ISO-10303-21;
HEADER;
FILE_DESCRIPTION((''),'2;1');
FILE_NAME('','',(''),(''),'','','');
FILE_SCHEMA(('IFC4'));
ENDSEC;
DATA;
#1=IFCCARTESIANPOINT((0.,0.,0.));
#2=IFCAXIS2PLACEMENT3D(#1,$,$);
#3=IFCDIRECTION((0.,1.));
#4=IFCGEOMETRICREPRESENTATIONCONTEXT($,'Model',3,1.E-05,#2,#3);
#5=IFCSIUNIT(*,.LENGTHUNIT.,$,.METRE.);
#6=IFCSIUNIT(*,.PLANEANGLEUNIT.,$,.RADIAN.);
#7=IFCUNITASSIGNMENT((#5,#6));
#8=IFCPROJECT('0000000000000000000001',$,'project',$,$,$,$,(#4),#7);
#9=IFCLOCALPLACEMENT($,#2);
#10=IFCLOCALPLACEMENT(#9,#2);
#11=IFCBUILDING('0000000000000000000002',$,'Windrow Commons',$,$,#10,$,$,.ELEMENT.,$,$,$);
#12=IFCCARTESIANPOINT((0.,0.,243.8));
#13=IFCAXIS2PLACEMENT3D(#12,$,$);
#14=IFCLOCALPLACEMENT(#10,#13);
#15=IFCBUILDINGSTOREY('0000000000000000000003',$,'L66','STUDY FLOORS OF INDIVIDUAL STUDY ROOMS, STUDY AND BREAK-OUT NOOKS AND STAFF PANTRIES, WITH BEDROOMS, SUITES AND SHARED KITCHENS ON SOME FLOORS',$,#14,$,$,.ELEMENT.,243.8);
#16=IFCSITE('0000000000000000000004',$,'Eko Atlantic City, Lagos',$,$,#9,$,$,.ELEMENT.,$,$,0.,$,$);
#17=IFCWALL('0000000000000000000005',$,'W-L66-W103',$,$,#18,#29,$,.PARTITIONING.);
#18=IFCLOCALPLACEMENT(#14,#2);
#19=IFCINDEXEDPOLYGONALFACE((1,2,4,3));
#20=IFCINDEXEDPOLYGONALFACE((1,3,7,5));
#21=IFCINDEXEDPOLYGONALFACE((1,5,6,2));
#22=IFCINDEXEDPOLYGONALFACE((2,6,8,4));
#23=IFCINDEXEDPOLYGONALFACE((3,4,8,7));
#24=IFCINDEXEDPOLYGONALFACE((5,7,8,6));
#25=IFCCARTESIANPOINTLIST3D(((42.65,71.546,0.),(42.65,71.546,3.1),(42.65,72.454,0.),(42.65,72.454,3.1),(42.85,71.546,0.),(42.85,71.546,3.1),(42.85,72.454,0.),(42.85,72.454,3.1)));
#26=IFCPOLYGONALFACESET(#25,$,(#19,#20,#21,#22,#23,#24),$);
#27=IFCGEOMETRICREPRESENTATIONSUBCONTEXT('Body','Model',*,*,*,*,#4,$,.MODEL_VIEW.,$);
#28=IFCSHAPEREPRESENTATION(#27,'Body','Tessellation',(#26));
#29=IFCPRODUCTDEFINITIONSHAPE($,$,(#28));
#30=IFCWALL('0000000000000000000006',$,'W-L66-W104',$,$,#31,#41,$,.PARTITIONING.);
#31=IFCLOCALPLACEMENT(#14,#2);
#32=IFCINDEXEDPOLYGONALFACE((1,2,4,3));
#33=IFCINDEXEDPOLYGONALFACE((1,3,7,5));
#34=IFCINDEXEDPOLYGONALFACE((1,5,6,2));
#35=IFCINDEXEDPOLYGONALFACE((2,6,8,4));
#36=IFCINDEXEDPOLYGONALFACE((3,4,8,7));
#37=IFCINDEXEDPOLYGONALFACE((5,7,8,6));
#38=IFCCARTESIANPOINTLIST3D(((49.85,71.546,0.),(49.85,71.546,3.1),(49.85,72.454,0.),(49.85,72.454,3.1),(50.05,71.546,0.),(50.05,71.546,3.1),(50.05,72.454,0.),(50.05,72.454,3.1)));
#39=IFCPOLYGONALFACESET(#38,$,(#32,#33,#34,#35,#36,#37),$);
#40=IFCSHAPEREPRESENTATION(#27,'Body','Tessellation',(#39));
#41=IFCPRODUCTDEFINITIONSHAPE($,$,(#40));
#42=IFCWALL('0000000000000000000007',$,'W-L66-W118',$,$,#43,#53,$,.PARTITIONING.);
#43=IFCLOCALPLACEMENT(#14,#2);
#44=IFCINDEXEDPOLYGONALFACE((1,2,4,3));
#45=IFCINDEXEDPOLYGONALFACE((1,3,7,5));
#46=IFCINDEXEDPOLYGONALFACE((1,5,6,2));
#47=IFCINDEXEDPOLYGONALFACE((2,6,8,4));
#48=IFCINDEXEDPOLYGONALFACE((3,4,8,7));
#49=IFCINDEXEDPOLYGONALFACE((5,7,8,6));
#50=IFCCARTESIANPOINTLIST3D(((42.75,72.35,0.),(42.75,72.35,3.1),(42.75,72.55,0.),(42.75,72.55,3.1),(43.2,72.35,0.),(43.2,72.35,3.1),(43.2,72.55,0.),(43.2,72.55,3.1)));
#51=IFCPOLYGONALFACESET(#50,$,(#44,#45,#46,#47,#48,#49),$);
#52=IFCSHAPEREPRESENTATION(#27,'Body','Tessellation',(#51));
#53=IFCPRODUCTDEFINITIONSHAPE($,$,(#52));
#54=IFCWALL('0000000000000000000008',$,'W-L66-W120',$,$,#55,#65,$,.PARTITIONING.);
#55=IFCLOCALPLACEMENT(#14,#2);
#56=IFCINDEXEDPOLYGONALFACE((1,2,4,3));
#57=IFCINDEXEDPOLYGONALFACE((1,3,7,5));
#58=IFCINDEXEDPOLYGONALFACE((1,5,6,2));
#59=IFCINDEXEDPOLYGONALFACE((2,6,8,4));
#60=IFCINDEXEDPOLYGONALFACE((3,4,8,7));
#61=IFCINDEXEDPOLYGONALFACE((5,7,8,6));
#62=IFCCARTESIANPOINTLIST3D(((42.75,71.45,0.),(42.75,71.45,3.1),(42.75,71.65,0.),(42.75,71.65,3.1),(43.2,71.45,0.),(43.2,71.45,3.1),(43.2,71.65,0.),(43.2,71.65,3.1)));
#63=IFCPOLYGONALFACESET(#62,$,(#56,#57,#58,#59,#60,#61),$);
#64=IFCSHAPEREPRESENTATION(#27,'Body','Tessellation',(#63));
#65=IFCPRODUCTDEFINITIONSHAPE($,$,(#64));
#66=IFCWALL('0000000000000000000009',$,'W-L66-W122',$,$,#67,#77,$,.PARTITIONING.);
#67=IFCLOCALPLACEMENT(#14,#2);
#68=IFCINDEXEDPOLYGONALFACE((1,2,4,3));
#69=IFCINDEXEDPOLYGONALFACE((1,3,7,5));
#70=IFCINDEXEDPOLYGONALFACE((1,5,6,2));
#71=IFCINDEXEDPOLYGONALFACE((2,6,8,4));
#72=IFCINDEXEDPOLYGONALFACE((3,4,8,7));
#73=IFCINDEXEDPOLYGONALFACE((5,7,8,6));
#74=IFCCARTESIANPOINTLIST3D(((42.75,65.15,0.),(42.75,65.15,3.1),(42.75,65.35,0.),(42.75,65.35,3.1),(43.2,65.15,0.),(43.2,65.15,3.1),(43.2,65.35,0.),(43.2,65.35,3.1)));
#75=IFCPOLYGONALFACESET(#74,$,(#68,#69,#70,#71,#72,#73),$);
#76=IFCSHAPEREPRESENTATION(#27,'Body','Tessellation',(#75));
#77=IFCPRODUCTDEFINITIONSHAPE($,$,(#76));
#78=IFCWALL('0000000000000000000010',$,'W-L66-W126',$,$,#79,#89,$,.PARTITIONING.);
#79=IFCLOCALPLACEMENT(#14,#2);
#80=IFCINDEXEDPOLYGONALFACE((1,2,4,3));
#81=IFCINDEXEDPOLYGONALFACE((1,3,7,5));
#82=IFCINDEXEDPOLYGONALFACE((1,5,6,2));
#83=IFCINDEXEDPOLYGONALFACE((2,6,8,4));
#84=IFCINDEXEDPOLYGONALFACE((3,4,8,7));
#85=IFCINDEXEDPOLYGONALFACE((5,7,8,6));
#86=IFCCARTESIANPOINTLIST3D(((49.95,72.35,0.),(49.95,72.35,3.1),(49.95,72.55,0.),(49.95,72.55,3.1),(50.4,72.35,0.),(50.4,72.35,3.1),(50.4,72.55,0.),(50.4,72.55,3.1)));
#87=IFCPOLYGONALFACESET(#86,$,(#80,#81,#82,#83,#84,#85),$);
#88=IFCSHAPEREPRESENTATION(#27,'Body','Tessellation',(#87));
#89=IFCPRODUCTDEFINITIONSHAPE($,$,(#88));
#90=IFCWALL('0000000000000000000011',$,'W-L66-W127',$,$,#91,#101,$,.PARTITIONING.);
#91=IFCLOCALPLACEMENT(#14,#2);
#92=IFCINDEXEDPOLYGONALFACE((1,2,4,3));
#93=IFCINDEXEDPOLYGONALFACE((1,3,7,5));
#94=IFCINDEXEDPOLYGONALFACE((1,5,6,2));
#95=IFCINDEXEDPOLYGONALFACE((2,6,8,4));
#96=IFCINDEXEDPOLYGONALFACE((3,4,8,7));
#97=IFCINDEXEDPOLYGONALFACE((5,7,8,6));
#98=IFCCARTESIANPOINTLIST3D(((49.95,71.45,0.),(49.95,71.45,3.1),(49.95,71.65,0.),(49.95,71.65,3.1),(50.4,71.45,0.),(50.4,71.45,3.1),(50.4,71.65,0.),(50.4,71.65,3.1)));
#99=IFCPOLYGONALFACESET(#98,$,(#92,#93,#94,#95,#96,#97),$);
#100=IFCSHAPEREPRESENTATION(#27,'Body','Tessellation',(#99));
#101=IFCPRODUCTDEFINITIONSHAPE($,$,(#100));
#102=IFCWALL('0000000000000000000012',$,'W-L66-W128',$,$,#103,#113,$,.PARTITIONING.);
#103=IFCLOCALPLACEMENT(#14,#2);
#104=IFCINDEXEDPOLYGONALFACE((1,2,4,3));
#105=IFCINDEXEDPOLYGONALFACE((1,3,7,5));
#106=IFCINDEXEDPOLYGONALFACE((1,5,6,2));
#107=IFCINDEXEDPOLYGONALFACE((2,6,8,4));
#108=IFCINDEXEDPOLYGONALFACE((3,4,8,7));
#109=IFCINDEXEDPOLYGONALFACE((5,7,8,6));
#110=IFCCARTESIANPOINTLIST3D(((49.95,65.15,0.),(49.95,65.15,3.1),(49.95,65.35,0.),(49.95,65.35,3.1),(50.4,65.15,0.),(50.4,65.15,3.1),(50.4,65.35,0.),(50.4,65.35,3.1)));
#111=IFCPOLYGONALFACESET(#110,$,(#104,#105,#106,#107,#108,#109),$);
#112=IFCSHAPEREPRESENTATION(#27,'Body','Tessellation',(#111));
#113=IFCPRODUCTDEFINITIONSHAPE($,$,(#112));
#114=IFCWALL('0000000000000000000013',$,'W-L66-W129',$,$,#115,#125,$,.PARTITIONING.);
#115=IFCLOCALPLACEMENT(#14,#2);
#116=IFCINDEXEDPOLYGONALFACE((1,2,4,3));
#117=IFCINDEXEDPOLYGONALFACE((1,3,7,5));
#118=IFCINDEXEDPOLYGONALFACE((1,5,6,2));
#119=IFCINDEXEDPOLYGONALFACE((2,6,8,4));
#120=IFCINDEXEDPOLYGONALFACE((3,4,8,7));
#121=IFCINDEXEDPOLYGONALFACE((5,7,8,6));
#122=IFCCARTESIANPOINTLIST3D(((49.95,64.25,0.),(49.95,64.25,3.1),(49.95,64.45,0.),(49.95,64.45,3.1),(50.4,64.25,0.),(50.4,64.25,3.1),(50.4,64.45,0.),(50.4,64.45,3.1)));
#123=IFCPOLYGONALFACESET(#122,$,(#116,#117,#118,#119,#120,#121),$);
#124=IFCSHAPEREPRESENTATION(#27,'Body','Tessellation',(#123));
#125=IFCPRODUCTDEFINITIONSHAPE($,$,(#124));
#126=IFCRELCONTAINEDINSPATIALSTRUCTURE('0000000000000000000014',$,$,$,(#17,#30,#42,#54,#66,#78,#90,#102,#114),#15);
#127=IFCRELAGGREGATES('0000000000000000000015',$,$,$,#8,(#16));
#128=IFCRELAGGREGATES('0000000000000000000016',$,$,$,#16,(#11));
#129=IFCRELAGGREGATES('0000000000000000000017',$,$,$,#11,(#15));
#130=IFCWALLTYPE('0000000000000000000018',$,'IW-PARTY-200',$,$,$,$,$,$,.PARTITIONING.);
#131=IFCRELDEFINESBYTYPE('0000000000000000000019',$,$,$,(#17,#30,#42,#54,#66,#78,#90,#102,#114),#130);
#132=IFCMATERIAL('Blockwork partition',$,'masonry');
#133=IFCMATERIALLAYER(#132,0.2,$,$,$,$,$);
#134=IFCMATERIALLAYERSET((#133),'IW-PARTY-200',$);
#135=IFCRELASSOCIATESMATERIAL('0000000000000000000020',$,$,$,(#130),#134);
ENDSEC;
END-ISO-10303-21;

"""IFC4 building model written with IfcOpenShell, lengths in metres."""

from ifc_helpers import new_model, si_unit, direction, frame, frame_2d, origin, place, context, subcontext, project, spatial, rectangle, extrude, material, layer, layer_set, type_object, element, save


model = new_model("IFC4")

# Units and contexts
model_context = context("Model", 3, precision=1e-05, world=origin(), true_north=direction((0.0, 1.0)))
body_context = subcontext(model_context, "Body", "Model", "MODEL_VIEW")
ifc_project = project(units=[si_unit("LENGTHUNIT", "METRE"), si_unit("PLANEANGLEUNIT", "RADIAN")], contexts=[model_context])

# Site, building, storey
site_placement = place(None, origin())
site = spatial("IfcSite", under=ifc_project, at=site_placement, Name="Eko Atlantic City, Lagos", CompositionType="ELEMENT", RefElevation=0.0)
building_placement = place(site_placement, origin())
building = spatial("IfcBuilding", under=site, at=building_placement, Name="Windrow Commons", CompositionType="ELEMENT")
storey_placement = place(building_placement, frame((0.0, 0.0, 243.8)))
storey = spatial("IfcBuildingStorey", under=building, at=storey_placement, Name="L66", Description="STUDY FLOORS OF INDIVIDUAL STUDY ROOMS, STUDY AND BREAK-OUT NOOKS AND STAFF PANTRIES, WITH BEDROOMS, SUITES AND SHARED KITCHENS ON SOME FLOORS", CompositionType="ELEMENT", Elevation=243.8)

# Walls
ifc_material_1 = material(Name="Blockwork partition", Category="masonry")
ifc_layer_1 = layer(ifc_material_1, 0.2)
ifc_layer_set_1 = layer_set([ifc_layer_1], Name="IW-PARTY-200")
wall_type_1 = type_object("IfcWallType", Name="IW-PARTY-200", PredefinedType="PARTITIONING", material=ifc_layer_set_1)
for number, where, z_axis, x_axis, name in (
    (1, (42.75, 71.546, 0.0), (0.0, 0.0, 1.0), (0.0, 1.0, 0.0), "W-L66-W103"),
    (2, (49.95, 71.546, 0.0), (0.0, 0.0, 1.0), (0.0, 1.0, 0.0), "W-L66-W104"),
):
    element("IfcWall", number, at=place(storey_placement, frame(where, z_axis=z_axis, x_axis=x_axis)), inside=storey, type_object=wall_type_1, Name=name, PredefinedType="PARTITIONING", context=body_context, shape_type="SweptSolid", body=[
        extrude(rectangle(XDim=0.908, YDim=0.2, at=frame_2d((0.454, 0.0))), origin(), (0.0, 0.0, 1.0), 3.1),
    ])
for number, where, z_axis, x_axis, name in (
    (3, (42.75, 72.45, 0.0), (0.0, 0.0, 1.0), (1.0, 0.0, 0.0), "W-L66-W118"),
    (4, (42.75, 71.55, 0.0), (0.0, 0.0, 1.0), (1.0, 0.0, 0.0), "W-L66-W120"),
    (5, (42.75, 65.25, 0.0), (0.0, 0.0, 1.0), (1.0, 0.0, 0.0), "W-L66-W122"),
    (6, (49.95, 72.45, 0.0), (0.0, 0.0, 1.0), (1.0, 0.0, 0.0), "W-L66-W126"),
    (7, (49.95, 71.55, 0.0), (0.0, 0.0, 1.0), (1.0, 0.0, 0.0), "W-L66-W127"),
    (8, (49.95, 65.25, 0.0), (0.0, 0.0, 1.0), (1.0, 0.0, 0.0), "W-L66-W128"),
    (9, (49.95, 64.35, 0.0), (0.0, 0.0, 1.0), (1.0, 0.0, 0.0), "W-L66-W129"),
):
    element("IfcWall", number, at=place(storey_placement, frame(where, z_axis=z_axis, x_axis=x_axis)), inside=storey, type_object=wall_type_1, Name=name, PredefinedType="PARTITIONING", context=body_context, shape_type="SweptSolid", body=[
        extrude(rectangle(XDim=0.45, YDim=0.2, at=frame_2d((0.225, 0.0))), origin(), (0.0, 0.0, 1.0), 3.1),
    ])

save(model, "model.ifc")
